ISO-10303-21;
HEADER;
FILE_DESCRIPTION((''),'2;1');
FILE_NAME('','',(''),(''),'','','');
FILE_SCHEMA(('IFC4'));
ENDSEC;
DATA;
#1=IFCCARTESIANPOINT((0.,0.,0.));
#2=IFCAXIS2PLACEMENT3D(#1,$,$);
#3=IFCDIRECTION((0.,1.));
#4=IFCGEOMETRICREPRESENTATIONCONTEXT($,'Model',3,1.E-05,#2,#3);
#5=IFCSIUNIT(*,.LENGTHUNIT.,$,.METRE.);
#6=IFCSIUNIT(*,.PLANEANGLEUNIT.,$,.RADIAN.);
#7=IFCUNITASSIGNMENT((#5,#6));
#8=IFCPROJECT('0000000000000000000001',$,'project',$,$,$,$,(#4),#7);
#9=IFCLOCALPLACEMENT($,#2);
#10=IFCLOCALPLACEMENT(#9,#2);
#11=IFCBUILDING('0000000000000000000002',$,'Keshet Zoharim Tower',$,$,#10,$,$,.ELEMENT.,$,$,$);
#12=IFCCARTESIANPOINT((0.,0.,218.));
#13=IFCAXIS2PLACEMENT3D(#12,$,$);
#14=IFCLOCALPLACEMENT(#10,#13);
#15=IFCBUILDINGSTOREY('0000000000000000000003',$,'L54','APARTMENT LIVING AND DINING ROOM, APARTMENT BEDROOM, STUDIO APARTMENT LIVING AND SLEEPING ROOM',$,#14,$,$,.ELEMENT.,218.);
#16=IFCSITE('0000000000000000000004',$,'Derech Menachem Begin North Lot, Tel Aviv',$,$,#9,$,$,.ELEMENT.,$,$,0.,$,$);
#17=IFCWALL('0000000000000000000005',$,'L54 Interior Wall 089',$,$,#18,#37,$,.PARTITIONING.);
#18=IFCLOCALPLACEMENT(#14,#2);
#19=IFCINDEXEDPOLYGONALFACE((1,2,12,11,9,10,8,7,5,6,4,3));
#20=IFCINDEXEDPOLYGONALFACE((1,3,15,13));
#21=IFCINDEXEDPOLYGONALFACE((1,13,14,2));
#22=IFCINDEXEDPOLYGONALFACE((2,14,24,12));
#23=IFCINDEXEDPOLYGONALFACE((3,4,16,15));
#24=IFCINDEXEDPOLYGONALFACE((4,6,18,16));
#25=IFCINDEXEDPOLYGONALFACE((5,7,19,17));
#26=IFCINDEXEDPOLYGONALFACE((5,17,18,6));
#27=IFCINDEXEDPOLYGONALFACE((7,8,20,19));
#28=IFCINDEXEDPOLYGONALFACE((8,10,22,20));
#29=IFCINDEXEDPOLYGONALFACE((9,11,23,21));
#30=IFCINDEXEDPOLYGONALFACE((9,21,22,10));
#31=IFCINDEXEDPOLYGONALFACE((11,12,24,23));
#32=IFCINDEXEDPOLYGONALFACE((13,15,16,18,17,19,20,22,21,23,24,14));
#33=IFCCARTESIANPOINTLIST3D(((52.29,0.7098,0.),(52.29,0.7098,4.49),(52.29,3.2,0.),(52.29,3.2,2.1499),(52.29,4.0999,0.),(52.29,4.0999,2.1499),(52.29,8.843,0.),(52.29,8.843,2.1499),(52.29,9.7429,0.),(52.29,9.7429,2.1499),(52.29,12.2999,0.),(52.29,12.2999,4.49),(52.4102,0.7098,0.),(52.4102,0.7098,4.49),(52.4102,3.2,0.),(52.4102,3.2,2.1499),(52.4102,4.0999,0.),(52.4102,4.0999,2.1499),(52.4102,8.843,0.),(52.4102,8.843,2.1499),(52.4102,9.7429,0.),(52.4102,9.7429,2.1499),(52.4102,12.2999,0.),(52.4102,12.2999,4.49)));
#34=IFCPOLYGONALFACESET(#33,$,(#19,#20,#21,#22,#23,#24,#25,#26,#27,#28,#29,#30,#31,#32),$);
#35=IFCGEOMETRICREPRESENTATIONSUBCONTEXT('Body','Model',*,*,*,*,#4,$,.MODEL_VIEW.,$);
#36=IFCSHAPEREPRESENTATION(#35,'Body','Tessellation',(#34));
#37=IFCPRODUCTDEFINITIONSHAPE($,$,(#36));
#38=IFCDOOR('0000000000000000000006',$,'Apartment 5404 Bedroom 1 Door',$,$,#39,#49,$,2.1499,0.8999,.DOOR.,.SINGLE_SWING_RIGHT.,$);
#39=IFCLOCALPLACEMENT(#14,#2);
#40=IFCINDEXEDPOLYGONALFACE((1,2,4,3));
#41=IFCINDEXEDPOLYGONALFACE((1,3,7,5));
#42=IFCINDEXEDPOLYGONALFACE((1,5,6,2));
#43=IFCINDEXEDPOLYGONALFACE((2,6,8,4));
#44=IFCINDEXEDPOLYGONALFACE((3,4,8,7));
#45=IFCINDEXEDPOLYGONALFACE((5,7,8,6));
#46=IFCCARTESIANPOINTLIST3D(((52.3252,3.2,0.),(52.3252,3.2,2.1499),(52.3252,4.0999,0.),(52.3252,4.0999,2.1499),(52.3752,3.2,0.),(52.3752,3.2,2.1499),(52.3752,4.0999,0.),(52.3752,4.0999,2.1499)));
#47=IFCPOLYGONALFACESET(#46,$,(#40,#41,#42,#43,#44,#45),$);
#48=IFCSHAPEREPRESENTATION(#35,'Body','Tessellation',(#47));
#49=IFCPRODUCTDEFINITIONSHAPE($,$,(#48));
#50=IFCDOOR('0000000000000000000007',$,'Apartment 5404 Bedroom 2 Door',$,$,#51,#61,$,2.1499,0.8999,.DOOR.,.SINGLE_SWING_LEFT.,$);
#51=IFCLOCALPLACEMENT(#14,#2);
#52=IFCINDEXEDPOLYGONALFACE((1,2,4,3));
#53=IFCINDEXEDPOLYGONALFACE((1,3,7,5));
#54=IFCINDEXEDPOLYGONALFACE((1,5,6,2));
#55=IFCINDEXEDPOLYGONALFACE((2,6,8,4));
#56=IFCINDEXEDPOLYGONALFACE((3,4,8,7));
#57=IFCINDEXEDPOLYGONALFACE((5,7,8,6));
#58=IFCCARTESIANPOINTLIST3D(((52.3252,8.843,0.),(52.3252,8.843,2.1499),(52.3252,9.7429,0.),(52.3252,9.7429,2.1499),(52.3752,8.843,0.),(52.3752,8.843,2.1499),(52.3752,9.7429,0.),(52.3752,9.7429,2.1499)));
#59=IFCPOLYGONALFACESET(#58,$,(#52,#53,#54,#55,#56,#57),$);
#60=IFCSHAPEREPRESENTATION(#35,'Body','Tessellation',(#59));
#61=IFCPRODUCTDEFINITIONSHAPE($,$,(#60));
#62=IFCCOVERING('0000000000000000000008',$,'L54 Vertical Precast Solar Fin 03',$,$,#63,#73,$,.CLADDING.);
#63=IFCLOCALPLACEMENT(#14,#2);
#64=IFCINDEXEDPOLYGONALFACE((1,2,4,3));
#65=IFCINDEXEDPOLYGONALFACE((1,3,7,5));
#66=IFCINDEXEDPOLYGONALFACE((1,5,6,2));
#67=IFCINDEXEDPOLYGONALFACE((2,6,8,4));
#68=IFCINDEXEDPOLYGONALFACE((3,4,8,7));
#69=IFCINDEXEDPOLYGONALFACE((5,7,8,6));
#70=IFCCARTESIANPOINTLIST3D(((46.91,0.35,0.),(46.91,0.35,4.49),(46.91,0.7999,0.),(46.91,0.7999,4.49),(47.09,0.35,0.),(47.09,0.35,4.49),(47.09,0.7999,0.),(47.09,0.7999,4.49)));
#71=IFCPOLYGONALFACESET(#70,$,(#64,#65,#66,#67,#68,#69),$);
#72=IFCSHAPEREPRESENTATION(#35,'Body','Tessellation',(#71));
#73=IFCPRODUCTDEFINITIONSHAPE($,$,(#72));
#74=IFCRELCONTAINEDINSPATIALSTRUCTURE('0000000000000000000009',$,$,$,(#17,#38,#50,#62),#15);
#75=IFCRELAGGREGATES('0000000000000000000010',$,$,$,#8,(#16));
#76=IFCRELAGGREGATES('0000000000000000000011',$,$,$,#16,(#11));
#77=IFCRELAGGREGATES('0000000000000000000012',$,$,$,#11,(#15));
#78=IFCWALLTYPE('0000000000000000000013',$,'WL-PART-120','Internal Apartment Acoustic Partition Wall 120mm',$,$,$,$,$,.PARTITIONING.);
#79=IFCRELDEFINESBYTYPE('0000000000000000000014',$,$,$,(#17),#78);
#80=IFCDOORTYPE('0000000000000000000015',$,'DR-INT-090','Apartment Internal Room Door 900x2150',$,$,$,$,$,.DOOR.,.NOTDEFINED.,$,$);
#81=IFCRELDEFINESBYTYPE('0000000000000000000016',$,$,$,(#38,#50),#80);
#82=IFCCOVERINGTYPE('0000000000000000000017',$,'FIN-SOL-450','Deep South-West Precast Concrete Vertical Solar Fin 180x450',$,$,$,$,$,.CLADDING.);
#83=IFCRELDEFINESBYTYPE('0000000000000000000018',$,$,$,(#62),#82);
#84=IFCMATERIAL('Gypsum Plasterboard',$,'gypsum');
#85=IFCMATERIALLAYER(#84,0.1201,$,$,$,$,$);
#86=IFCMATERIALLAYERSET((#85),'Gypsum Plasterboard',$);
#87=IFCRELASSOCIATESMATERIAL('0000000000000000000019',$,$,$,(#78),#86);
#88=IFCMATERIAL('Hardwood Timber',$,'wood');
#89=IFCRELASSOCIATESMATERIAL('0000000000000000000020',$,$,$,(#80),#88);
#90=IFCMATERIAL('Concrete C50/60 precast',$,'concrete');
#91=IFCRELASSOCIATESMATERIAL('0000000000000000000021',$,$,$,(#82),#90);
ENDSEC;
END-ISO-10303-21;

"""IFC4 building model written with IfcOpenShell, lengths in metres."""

from ifc_helpers import new_model, si_unit, direction, frame, frame_2d, origin, origin_2d, place, context, subcontext, project, spatial, rectangle, extrude, material, layer, layer_set, type_object, element, fill, save


model = new_model("IFC4")

# Units and contexts
model_context = context("Model", 3, precision=1e-05, world=origin(), true_north=direction((0.0, 1.0)))
body_context = subcontext(model_context, "Body", "Model", "MODEL_VIEW")
ifc_project = project(units=[si_unit("LENGTHUNIT", "METRE"), si_unit("PLANEANGLEUNIT", "RADIAN")], contexts=[model_context])

# Site, building, storey
site_placement = place(None, origin())
site = spatial("IfcSite", under=ifc_project, at=site_placement, Name="Derech Menachem Begin North Lot, Tel Aviv", CompositionType="ELEMENT", RefElevation=0.0)
building_placement = place(site_placement, origin())
building = spatial("IfcBuilding", under=site, at=building_placement, Name="Keshet Zoharim Tower", CompositionType="ELEMENT")
storey_placement = place(building_placement, frame((0.0, 0.0, 218.0)))
storey = spatial("IfcBuildingStorey", under=building, at=storey_placement, Name="L54", Description="APARTMENT LIVING AND DINING ROOM, APARTMENT BEDROOM, STUDIO APARTMENT LIVING AND SLEEPING ROOM", CompositionType="ELEMENT", Elevation=218.0)

# Shared definitions
ifc_material_1 = material(Name="Gypsum Plasterboard", Category="gypsum")
ifc_layer_1 = layer(ifc_material_1, 0.1201)
ifc_layer_set_1 = layer_set([ifc_layer_1], Name="Gypsum Plasterboard")
wall_type = type_object("IfcWallType", Name="WL-PART-120", Description="Internal Apartment Acoustic Partition Wall 120mm", PredefinedType="PARTITIONING", material=ifc_layer_set_1)

# Wall, openings, doors
wall_1_placement = place(storey_placement, frame((52.3501, 0.71, 0.0), z_axis=(0.0, 0.0, 1.0), x_axis=(0.0, 1.0, 0.0)))
wall_1 = element("IfcWall", 1, at=wall_1_placement, inside=storey, type_object=wall_type, Name="L54 Interior Wall 089", PredefinedType="PARTITIONING", context=body_context, shape_type="SweptSolid", body=[
    extrude(rectangle(XDim=11.5901, YDim=0.1201, at=frame_2d((5.7949, 0.0))), origin(), (0.0, 0.0, 1.0), 4.49),
])
opening_1_placement = place(wall_1_placement, frame((2.49, 0.0, 0.0)))
opening_1 = element("IfcOpeningElement", 2, at=opening_1_placement, cuts=wall_1, PredefinedType="OPENING", context=body_context, shape_type="SweptSolid", body=[
    extrude(rectangle(XDim=0.8999, YDim=2.1499, at=frame_2d((0.45, 1.075))), frame((0.0, 0.0701, 0.0), z_axis=(0.0, -1.0, 0.0), x_axis=(1.0, 0.0, 0.0)), (0.0, 0.0, 1.0), 0.1401),
])
opening_2_placement = place(wall_1_placement, frame((8.1331, 0.0, 0.0)))
opening_2 = element("IfcOpeningElement", 3, at=opening_2_placement, cuts=wall_1, PredefinedType="OPENING", context=body_context, shape_type="SweptSolid", body=[
    extrude(rectangle(XDim=0.8999, YDim=2.1499, at=frame_2d((0.45, 1.075))), frame((0.0, 0.0701, 0.0), z_axis=(0.0, -1.0, 0.0), x_axis=(1.0, 0.0, 0.0)), (0.0, 0.0, 1.0), 0.1401),
])
ifc_material_2 = material(Name="Hardwood Timber", Category="wood")
door_type = type_object("IfcDoorType", Name="DR-INT-090", Description="Apartment Internal Room Door 900x2150", OperationType="NOTDEFINED", PredefinedType="DOOR", material=ifc_material_2)
door_1_placement = place(opening_1_placement, origin())
door_1 = element("IfcDoor", 4, at=door_1_placement, inside=storey, type_object=door_type, Name="Apartment 5404 Bedroom 1 Door", OperationType="SINGLE_SWING_RIGHT", OverallHeight=2.1499, OverallWidth=0.8999, PredefinedType="DOOR", context=body_context, shape_type="SweptSolid", body=[
    extrude(rectangle(XDim=0.8999, YDim=2.1499, at=frame_2d((0.45, 1.075))), frame((0.0, 0.0249, 0.0), z_axis=(0.0, -1.0, 0.0), x_axis=(1.0, 0.0, 0.0)), (0.0, 0.0, 1.0), 0.05),
])
fill(opening_1, door_1)
door_2_placement = place(opening_2_placement, origin())
door_2 = element("IfcDoor", 5, at=door_2_placement, inside=storey, type_object=door_type, Name="Apartment 5404 Bedroom 2 Door", OperationType="SINGLE_SWING_LEFT", OverallHeight=2.1499, OverallWidth=0.8999, PredefinedType="DOOR", context=body_context, shape_type="SweptSolid", body=[
    extrude(rectangle(XDim=0.8999, YDim=2.1499, at=frame_2d((0.45, 1.075))), frame((0.0, 0.0249, 0.0), z_axis=(0.0, -1.0, 0.0), x_axis=(1.0, 0.0, 0.0)), (0.0, 0.0, 1.0), 0.05),
])
fill(opening_2, door_2)

# Covering
ifc_material_3 = material(Name="Concrete C50/60 precast", Category="concrete")
covering_type = type_object("IfcCoveringType", Name="FIN-SOL-450", Description="Deep South-West Precast Concrete Vertical Solar Fin 180x450", PredefinedType="CLADDING", material=ifc_material_3)
covering_placement = place(storey_placement, frame((47.0, 0.575, 0.0), z_axis=(0.0, 0.0, 1.0), x_axis=(-1.0, 0.0, 0.0)))
element("IfcCovering", 6, at=covering_placement, inside=storey, type_object=covering_type, Name="L54 Vertical Precast Solar Fin 03", PredefinedType="CLADDING", context=body_context, shape_type="SweptSolid", body=[
    extrude(rectangle(XDim=0.1799, YDim=0.45, at=origin_2d()), origin(), (0.0, 0.0, 1.0), 4.49),
])

save(model, "model.ifc")
